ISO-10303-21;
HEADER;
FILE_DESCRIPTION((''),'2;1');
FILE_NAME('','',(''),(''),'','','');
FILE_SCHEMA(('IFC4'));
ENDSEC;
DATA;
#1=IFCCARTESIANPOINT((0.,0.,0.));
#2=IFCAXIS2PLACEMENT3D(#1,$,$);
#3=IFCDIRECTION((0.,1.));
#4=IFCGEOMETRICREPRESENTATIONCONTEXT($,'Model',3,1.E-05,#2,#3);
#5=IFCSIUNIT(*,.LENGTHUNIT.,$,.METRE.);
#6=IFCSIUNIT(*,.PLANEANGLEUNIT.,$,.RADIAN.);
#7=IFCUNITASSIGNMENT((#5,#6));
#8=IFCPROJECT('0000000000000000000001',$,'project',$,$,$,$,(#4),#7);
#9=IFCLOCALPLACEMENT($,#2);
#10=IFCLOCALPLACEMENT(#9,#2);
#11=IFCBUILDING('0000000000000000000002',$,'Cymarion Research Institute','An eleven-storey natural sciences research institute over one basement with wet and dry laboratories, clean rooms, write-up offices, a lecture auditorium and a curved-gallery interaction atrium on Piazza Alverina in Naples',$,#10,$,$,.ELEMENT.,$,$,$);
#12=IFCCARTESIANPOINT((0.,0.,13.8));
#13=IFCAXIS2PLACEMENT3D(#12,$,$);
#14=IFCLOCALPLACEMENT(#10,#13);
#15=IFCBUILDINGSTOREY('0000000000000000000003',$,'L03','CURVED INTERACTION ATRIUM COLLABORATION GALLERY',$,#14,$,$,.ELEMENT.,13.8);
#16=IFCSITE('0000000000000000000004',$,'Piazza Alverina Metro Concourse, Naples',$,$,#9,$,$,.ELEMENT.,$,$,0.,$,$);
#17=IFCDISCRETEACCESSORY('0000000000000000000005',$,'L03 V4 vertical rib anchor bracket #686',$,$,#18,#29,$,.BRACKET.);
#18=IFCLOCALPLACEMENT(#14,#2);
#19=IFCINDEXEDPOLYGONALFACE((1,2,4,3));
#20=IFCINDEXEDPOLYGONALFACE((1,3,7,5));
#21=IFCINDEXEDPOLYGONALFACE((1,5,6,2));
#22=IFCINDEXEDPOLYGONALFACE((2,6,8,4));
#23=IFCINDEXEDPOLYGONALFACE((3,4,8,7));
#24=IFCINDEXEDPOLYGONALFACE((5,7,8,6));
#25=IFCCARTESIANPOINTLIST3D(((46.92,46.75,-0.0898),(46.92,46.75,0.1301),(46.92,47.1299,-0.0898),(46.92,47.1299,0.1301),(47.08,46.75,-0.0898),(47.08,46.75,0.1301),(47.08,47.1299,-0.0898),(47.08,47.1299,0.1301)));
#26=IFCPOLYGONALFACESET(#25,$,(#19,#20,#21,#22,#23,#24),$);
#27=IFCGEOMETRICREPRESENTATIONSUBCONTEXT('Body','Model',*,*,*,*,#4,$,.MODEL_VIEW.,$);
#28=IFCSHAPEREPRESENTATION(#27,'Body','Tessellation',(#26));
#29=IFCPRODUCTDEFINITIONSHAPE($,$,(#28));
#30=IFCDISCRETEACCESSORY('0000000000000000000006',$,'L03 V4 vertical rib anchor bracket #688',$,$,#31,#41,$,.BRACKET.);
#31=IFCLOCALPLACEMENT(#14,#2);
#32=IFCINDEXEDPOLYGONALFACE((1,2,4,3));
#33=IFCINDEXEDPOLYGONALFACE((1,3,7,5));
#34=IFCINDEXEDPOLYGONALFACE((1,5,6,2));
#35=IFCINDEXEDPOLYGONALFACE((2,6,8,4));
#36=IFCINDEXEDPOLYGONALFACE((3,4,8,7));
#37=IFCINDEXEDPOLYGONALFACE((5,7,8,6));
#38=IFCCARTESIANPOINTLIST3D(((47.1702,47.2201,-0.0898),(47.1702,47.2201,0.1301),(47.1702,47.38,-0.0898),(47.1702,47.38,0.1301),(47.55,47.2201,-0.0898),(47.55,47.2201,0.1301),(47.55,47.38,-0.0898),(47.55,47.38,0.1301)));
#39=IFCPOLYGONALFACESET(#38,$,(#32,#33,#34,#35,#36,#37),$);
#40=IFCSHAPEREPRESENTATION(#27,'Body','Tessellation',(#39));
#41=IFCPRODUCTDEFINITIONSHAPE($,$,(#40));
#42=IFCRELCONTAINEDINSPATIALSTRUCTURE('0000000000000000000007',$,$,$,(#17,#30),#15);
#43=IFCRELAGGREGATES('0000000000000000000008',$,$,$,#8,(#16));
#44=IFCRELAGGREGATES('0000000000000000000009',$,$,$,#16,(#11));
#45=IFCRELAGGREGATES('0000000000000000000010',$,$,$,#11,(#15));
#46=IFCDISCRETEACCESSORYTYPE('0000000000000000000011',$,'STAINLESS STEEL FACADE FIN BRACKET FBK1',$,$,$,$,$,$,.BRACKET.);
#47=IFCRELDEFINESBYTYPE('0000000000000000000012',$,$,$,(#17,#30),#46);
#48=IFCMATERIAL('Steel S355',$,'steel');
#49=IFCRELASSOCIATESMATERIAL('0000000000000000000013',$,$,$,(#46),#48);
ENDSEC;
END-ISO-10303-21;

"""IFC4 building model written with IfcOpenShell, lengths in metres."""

from ifc_helpers import new_model, si_unit, direction, frame, origin, origin_2d, place, context, subcontext, project, spatial, rectangle, extrude, material, type_object, element, save


model = new_model("IFC4")

# Units and contexts
model_context = context("Model", 3, precision=1e-05, world=origin(), true_north=direction((0.0, 1.0)))
body_context = subcontext(model_context, "Body", "Model", "MODEL_VIEW")
ifc_project = project(units=[si_unit("LENGTHUNIT", "METRE"), si_unit("PLANEANGLEUNIT", "RADIAN")], contexts=[model_context])

# Site, building, storey
site_placement = place(None, origin())
site = spatial("IfcSite", under=ifc_project, at=site_placement, Name="Piazza Alverina Metro Concourse, Naples", CompositionType="ELEMENT", RefElevation=0.0)
building_placement = place(site_placement, origin())
building = spatial("IfcBuilding", under=site, at=building_placement, Name="Cymarion Research Institute", Description="An eleven-storey natural sciences research institute over one basement with wet and dry laboratories, clean rooms, write-up offices, a lecture auditorium and a curved-gallery interaction atrium on Piazza Alverina in Naples", CompositionType="ELEMENT")
storey_placement = place(building_placement, frame((0.0, 0.0, 13.8)))
storey = spatial("IfcBuildingStorey", under=building, at=storey_placement, Name="L03", Description="CURVED INTERACTION ATRIUM COLLABORATION GALLERY", CompositionType="ELEMENT", Elevation=13.8)

# Shared definitions
ifc_material_1 = material(Name="Steel S355", Category="steel")

# Discrete accessories
discrete_accessory_type = type_object("IfcDiscreteAccessoryType", Name="STAINLESS STEEL FACADE FIN BRACKET FBK1", PredefinedType="BRACKET", material=ifc_material_1)
for number, where, z_axis, x_axis, name in (
    (1, (47.0, 46.9399, -0.0898), (0.0, 0.0, 1.0), (0.0, -1.0, 0.0), "L03 V4 vertical rib anchor bracket #686"),
    (2, (47.3601, 47.3, -0.0898), (0.0, 0.0, 1.0), (1.0, 0.0, 0.0), "L03 V4 vertical rib anchor bracket #688"),
):
    element("IfcDiscreteAccessory", number, at=place(storey_placement, frame(where, z_axis=z_axis, x_axis=x_axis)), inside=storey, type_object=discrete_accessory_type, Name=name, PredefinedType="BRACKET", context=body_context, shape_type="SweptSolid", body=[
        extrude(rectangle(XDim=0.3799, YDim=0.1599, at=origin_2d()), origin(), (0.0, 0.0, 1.0), 0.22),
    ])

save(model, "model.ifc")
